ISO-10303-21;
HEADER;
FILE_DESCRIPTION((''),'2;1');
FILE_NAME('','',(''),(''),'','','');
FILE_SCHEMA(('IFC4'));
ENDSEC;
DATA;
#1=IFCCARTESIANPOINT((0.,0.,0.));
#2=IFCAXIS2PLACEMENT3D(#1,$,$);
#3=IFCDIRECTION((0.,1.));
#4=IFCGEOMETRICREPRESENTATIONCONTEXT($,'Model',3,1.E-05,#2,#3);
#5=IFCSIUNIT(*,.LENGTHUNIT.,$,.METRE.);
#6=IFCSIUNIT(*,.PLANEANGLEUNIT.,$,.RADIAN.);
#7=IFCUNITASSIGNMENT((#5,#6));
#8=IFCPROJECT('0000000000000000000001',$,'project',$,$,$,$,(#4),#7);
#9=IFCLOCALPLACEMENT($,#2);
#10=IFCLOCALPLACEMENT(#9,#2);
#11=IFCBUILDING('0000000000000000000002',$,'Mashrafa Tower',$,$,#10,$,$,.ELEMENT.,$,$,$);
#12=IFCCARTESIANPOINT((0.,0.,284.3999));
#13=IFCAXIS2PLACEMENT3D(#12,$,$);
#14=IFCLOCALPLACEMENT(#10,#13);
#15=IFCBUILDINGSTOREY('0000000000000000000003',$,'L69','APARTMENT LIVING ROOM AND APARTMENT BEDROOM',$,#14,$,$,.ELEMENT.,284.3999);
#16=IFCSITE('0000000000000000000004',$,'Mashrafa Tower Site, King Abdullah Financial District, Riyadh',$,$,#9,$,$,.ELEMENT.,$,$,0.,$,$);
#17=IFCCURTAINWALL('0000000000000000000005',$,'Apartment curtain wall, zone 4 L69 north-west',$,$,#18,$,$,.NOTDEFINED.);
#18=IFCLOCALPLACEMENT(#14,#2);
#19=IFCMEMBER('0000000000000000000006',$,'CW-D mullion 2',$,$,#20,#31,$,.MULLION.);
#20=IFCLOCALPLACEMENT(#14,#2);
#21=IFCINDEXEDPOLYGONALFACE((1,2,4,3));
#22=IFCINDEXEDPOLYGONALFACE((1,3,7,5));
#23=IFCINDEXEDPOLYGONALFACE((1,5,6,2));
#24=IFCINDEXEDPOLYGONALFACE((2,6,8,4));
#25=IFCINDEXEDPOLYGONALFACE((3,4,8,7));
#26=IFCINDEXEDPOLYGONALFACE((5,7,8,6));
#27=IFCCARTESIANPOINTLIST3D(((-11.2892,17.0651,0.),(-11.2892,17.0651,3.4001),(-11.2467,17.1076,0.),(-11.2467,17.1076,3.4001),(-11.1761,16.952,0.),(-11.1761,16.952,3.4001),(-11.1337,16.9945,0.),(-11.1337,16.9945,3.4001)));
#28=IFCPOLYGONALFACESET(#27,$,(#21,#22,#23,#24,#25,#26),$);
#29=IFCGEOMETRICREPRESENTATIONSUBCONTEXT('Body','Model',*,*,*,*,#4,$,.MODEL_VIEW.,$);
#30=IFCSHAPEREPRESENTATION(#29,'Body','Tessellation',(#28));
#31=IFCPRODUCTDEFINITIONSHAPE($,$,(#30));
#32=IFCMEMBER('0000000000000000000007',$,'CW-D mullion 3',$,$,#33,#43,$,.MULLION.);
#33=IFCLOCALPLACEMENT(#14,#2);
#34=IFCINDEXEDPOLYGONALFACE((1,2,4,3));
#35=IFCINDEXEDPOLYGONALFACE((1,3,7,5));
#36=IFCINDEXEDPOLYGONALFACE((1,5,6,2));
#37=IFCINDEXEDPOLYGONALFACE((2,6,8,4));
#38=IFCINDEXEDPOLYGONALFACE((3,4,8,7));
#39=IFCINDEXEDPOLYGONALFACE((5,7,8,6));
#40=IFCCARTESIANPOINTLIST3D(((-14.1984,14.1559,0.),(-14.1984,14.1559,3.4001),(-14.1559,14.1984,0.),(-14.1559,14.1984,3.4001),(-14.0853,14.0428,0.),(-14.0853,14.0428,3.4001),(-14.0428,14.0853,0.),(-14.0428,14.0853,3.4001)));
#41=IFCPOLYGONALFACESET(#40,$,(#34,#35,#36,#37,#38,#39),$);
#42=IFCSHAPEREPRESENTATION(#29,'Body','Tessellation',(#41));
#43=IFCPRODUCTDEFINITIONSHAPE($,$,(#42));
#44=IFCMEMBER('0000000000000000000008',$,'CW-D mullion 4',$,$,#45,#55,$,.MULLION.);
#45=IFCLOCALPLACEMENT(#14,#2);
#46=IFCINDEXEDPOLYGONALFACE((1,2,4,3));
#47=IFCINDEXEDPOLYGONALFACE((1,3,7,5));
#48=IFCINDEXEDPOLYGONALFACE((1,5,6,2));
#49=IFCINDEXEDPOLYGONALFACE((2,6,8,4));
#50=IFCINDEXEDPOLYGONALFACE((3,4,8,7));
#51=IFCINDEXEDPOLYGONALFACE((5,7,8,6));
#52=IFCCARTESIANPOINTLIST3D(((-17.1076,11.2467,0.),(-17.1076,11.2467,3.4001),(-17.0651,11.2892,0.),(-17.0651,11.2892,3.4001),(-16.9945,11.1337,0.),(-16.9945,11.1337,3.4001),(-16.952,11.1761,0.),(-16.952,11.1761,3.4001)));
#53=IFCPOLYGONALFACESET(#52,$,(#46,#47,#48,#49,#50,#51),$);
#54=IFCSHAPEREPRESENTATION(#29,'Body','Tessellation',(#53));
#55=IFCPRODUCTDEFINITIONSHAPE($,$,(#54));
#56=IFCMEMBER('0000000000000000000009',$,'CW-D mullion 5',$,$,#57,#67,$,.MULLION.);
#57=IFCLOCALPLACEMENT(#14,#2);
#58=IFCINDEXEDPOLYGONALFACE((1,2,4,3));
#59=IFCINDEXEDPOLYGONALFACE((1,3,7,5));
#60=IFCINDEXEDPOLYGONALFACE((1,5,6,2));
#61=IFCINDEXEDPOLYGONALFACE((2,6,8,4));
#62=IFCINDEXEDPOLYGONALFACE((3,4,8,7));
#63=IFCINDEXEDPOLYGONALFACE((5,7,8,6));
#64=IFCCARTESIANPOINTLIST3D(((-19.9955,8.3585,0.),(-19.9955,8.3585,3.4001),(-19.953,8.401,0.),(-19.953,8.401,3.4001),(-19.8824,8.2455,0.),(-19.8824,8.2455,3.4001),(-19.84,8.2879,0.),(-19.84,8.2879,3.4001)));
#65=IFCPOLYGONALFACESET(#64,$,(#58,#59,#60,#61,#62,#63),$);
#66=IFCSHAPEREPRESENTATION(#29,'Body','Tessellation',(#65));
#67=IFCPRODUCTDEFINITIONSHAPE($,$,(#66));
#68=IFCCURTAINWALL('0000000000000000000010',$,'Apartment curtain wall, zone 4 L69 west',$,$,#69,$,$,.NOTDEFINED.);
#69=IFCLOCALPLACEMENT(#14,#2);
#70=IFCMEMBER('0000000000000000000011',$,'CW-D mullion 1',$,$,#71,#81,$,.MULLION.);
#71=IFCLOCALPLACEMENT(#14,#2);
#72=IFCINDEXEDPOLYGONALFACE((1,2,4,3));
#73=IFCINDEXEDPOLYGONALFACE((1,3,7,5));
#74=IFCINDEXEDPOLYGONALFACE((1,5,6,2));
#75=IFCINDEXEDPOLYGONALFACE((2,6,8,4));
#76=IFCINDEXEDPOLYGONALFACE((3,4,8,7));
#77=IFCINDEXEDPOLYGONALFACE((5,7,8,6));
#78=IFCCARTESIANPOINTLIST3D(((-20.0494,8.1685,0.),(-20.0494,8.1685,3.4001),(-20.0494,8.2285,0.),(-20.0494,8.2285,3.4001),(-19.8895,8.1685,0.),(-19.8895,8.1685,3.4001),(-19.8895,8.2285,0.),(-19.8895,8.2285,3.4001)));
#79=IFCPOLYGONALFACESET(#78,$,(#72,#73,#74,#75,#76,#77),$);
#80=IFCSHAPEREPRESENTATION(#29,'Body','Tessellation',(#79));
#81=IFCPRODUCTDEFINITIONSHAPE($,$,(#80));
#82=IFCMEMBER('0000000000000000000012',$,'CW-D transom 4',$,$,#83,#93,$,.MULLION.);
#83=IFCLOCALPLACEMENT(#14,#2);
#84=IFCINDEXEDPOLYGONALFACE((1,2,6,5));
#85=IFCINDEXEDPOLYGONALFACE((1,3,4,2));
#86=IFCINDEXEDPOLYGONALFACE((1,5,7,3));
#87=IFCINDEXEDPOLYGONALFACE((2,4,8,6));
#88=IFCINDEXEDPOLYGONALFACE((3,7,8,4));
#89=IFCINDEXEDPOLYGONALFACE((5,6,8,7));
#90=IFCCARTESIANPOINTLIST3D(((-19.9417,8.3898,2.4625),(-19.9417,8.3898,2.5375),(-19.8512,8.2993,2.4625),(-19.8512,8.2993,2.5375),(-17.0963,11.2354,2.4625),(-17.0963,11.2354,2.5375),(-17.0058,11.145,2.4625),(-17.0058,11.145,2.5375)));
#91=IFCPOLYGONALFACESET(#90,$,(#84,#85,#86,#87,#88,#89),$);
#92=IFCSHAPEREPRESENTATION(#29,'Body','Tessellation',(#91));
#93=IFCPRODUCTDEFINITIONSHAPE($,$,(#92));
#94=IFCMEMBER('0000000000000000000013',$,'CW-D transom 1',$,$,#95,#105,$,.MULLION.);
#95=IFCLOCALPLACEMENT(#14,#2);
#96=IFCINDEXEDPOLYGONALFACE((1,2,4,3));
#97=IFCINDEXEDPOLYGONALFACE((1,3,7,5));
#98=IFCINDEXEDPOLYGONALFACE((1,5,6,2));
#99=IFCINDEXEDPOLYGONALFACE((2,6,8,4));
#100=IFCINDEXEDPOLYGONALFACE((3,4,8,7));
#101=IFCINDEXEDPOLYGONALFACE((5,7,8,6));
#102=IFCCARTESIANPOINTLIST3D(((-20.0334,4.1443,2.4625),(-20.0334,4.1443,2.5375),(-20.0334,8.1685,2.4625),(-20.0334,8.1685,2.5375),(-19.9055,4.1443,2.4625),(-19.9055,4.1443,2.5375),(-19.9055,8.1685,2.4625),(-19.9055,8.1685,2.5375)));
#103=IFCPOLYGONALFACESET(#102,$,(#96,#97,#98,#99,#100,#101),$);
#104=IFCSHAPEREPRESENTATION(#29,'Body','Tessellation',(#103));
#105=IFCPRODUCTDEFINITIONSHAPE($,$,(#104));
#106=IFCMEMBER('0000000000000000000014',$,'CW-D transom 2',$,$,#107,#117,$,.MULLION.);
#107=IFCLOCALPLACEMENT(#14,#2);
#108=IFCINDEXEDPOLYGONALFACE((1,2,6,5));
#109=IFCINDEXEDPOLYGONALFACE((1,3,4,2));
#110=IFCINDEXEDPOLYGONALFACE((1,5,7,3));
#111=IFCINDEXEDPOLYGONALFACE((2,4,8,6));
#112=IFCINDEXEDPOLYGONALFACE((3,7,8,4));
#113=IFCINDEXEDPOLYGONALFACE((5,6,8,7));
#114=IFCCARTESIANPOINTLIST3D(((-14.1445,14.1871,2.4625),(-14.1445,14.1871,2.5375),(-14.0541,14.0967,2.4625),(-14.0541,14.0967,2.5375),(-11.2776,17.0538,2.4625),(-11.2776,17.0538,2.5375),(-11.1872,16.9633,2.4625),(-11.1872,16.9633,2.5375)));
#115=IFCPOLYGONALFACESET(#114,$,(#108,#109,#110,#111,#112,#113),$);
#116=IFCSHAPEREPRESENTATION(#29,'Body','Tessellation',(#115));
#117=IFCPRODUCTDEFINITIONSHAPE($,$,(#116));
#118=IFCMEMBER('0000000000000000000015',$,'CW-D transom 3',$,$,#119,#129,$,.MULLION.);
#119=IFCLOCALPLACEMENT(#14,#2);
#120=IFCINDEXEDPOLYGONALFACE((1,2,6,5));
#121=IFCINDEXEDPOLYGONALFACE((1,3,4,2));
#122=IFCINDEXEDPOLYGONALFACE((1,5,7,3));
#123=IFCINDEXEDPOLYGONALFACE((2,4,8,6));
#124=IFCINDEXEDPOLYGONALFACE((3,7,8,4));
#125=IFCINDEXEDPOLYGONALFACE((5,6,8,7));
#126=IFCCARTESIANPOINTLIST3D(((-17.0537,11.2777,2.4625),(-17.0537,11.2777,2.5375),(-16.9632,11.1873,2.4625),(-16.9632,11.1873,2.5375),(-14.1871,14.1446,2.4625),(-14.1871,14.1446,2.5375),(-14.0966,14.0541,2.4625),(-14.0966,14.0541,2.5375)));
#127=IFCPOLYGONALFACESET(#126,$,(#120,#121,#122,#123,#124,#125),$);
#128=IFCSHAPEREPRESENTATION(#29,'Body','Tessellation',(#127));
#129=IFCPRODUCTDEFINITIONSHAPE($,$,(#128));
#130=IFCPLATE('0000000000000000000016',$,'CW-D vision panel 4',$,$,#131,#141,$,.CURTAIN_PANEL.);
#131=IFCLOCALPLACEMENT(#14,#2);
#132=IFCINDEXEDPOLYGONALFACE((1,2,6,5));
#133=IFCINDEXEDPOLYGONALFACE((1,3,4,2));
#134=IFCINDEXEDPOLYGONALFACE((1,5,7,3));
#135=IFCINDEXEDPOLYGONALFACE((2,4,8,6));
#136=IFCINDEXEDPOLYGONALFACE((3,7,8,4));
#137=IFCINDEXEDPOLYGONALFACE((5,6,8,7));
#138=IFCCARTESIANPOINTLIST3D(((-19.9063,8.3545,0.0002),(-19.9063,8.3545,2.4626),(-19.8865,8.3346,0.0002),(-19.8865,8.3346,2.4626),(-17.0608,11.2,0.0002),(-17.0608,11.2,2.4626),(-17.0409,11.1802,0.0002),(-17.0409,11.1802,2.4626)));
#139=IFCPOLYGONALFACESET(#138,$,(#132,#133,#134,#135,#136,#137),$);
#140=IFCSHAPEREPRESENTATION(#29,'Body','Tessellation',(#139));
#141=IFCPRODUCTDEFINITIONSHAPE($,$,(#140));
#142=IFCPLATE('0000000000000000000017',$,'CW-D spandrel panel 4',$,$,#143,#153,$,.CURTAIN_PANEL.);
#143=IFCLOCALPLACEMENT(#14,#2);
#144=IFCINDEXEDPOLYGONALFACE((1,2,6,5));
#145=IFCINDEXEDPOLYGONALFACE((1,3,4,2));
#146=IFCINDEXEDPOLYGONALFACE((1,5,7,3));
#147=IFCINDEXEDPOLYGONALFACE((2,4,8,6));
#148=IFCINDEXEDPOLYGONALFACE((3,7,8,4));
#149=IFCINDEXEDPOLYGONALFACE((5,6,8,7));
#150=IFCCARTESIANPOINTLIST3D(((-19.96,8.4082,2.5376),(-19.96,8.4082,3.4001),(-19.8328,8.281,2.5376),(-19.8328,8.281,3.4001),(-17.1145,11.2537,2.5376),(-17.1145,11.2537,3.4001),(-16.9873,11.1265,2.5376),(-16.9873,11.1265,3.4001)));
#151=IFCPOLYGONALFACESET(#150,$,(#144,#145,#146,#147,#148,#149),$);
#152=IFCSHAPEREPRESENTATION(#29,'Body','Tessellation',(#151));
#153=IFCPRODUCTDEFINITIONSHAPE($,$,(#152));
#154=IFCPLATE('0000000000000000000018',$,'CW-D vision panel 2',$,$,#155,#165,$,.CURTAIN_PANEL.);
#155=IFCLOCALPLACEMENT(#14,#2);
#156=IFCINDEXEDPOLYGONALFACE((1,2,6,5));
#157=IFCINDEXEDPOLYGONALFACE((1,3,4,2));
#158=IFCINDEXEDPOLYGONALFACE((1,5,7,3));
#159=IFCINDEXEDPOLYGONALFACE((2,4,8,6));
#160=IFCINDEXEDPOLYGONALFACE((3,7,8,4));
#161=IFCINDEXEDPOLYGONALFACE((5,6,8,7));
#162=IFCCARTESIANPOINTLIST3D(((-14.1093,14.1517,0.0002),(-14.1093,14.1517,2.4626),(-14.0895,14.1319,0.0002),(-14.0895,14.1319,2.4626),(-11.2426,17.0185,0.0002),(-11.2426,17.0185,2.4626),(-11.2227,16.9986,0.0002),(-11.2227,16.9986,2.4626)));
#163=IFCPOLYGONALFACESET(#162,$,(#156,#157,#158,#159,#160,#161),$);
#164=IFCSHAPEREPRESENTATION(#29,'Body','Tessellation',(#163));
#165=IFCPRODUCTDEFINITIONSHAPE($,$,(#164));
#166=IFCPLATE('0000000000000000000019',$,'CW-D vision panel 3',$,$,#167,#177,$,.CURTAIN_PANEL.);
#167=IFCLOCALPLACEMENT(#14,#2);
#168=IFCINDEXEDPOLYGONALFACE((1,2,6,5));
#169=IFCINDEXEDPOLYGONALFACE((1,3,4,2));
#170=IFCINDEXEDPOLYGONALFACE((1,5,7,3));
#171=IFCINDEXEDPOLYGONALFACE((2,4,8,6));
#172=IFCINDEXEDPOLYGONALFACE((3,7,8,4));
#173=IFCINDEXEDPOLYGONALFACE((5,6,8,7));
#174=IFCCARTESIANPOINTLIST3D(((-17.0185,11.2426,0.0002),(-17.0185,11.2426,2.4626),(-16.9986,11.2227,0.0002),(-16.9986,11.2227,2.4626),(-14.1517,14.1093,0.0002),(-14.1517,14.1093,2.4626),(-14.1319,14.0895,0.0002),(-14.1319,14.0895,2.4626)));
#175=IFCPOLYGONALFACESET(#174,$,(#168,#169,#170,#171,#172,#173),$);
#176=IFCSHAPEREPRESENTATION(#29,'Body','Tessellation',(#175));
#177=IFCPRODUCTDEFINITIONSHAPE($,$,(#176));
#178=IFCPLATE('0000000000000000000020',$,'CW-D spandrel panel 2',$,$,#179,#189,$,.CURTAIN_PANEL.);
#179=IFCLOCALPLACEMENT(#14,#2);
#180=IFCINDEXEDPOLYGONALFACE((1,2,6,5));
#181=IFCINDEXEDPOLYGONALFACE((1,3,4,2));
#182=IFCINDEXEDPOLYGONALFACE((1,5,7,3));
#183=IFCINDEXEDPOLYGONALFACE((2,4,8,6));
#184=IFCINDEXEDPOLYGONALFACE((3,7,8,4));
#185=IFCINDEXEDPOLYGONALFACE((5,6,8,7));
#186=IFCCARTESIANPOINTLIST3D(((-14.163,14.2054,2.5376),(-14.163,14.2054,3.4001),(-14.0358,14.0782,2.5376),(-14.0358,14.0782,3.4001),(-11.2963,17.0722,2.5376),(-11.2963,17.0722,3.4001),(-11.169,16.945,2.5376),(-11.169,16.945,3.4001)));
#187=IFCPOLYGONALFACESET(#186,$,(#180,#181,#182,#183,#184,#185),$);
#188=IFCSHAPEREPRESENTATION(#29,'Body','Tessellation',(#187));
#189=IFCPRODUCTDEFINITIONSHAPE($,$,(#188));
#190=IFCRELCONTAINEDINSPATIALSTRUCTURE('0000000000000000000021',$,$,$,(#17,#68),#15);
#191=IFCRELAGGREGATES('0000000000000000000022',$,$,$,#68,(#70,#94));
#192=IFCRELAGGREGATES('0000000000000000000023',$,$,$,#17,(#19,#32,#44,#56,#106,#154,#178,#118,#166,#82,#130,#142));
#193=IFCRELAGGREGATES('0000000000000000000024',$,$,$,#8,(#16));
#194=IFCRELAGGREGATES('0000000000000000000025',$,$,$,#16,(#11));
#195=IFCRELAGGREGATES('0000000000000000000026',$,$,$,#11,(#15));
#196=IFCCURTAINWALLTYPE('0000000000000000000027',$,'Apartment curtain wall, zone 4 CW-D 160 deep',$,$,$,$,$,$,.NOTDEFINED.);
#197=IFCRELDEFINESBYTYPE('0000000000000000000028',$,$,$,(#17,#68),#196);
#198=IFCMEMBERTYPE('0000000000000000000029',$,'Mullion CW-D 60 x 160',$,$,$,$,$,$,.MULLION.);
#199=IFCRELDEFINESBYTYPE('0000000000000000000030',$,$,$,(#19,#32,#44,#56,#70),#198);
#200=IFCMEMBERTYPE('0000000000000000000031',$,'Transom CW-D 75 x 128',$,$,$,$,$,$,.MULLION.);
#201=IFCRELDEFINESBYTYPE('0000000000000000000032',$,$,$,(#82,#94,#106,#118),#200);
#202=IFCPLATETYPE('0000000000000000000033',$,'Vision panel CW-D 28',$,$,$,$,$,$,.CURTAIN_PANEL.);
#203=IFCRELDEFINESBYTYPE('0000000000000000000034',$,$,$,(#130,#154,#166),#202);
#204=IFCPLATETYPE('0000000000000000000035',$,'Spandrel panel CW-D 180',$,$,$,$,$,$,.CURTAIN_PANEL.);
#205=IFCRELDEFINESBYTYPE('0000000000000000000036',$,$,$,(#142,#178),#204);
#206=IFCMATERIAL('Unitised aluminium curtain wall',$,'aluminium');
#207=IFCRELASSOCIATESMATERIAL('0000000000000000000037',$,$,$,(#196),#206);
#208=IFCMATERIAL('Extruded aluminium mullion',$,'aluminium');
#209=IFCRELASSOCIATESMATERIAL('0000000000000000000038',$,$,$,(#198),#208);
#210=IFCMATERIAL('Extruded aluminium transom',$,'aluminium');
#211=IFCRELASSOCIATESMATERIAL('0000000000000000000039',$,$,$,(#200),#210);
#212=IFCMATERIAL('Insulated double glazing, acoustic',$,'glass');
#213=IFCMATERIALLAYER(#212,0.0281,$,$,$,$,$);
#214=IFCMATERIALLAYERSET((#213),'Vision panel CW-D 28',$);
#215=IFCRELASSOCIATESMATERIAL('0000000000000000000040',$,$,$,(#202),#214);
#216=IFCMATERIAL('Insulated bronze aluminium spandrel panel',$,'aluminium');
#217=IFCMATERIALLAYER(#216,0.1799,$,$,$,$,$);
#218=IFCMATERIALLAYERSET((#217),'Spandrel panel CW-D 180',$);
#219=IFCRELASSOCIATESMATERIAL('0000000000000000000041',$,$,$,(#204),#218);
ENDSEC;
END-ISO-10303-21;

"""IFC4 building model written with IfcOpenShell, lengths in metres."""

from ifc_helpers import new_model, si_unit, direction, frame, origin, origin_2d, place, context, subcontext, project, spatial, rectangle, extrude, source, transform, mapped, material, layer, layer_set, material_profile, profile_set, type_object, type_shapes, element, aggregate, save


model = new_model("IFC4")

# Units and contexts
model_context = context("Model", 3, precision=1e-05, world=origin(), true_north=direction((0.0, 1.0)))
body_context = subcontext(model_context, "Body", "Model", "MODEL_VIEW")
ifc_project = project(units=[si_unit("LENGTHUNIT", "METRE"), si_unit("PLANEANGLEUNIT", "RADIAN")], contexts=[model_context])

# Site, building, storey
site_placement = place(None, origin())
site = spatial("IfcSite", under=ifc_project, at=site_placement, Name="Mashrafa Tower Site, King Abdullah Financial District, Riyadh", CompositionType="ELEMENT", RefElevation=0.0)
building_placement = place(site_placement, origin())
building = spatial("IfcBuilding", under=site, at=building_placement, Name="Mashrafa Tower", CompositionType="ELEMENT")
storey_placement = place(building_placement, frame((0.0, 0.0, 284.3999)))
storey = spatial("IfcBuildingStorey", under=building, at=storey_placement, Name="L69", Description="APARTMENT LIVING ROOM AND APARTMENT BEDROOM", CompositionType="ELEMENT", Elevation=284.3999)

# Curtain wall, members
ifc_material_1 = material(Name="Unitised aluminium curtain wall", Category="aluminium")
curtain_wall_type = type_object("IfcCurtainWallType", Name="Apartment curtain wall, zone 4 CW-D 160 deep", PredefinedType="NOTDEFINED", material=ifc_material_1)
curtain_wall_1_placement = place(storey_placement, origin())
curtain_wall_1 = element("IfcCurtainWall", 1, at=curtain_wall_1_placement, inside=storey, type_object=curtain_wall_type, Name="Apartment curtain wall, zone 4 L69 north-west", PredefinedType="NOTDEFINED")
ifc_material_2 = material(Name="Extruded aluminium mullion", Category="aluminium")
ifc_material_profile_1 = material_profile(ifc_material_2, rectangle(XDim=0.1599, YDim=0.0601, at=origin_2d()), Name="Mullion 60x160")
ifc_profile_set_1 = profile_set([ifc_material_profile_1], Name="Extruded aluminium mullion")
member_type_1 = type_object("IfcMemberType", Name="Mullion CW-D 60 x 160", PredefinedType="MULLION", material=ifc_profile_set_1)
shared_shape_1 = source(origin(), body_context, "Body", "SweptSolid", [
    extrude(rectangle(XDim=0.1599, YDim=0.0601, at=origin_2d()), origin(), (0.0, 0.0, 1.0), 3.4001),
])
type_shapes(member_type_1, [shared_shape_1])
member_1_placement = place(storey_placement, frame((-11.2114, 17.0298, 0.0), z_axis=(0.0, 0.0, 1.0), x_axis=(0.707107, -0.707107, 0.0)))
member_1 = element("IfcMember", 2, at=member_1_placement, type_object=member_type_1, Name="CW-D mullion 2", PredefinedType="MULLION", context=body_context, shape_type="MappedRepresentation", body=[
    mapped(shared_shape_1, transform((0.0, 0.0, 0.0))),
])
member_2_placement = place(storey_placement, frame((-14.1206, 14.1206, 0.0), z_axis=(0.0, 0.0, 1.0), x_axis=(0.707107, -0.707107, 0.0)))
member_2 = element("IfcMember", 3, at=member_2_placement, type_object=member_type_1, Name="CW-D mullion 3", PredefinedType="MULLION", context=body_context, shape_type="MappedRepresentation", body=[
    mapped(shared_shape_1, transform((0.0, 0.0, 0.0))),
])
member_3_placement = place(storey_placement, frame((-17.0298, 11.2114, 0.0), z_axis=(0.0, 0.0, 1.0), x_axis=(0.707107, -0.707107, 0.0)))
member_3 = element("IfcMember", 4, at=member_3_placement, type_object=member_type_1, Name="CW-D mullion 4", PredefinedType="MULLION", context=body_context, shape_type="MappedRepresentation", body=[
    mapped(shared_shape_1, transform((0.0, 0.0, 0.0))),
])
member_4_placement = place(storey_placement, frame((-19.9177, 8.3232, 0.0), z_axis=(0.0, 0.0, 1.0), x_axis=(0.707107, -0.707107, 0.0)))
member_4 = element("IfcMember", 5, at=member_4_placement, type_object=member_type_1, Name="CW-D mullion 5", PredefinedType="MULLION", context=body_context, shape_type="MappedRepresentation", body=[
    mapped(shared_shape_1, transform((0.0, 0.0, 0.0))),
])

# Curtain wall, member
curtain_wall_2_placement = place(storey_placement, origin())
curtain_wall_2 = element("IfcCurtainWall", 6, at=curtain_wall_2_placement, inside=storey, type_object=curtain_wall_type, Name="Apartment curtain wall, zone 4 L69 west", PredefinedType="NOTDEFINED")
member_5_placement = place(storey_placement, frame((-19.9695, 8.1985, 0.0), z_axis=(0.0, 0.0, 1.0), x_axis=(1.0, 0.0, 0.0)))
member_5 = element("IfcMember", 7, at=member_5_placement, type_object=member_type_1, Name="CW-D mullion 1", PredefinedType="MULLION", context=body_context, shape_type="MappedRepresentation", body=[
    mapped(shared_shape_1, transform((0.0, 0.0, 0.0))),
])

# Members
ifc_material_3 = material(Name="Extruded aluminium transom", Category="aluminium")
ifc_material_profile_2 = material_profile(ifc_material_3, rectangle(XDim=0.1279, YDim=0.075, at=origin_2d()), Name="Transom 75x128")
ifc_profile_set_2 = profile_set([ifc_material_profile_2], Name="Extruded aluminium transom")
member_type_2 = type_object("IfcMemberType", Name="Transom CW-D 75 x 128", PredefinedType="MULLION", material=ifc_profile_set_2)
shared_shape_2 = source(origin(), body_context, "Body", "SweptSolid", [
    extrude(rectangle(XDim=0.1279, YDim=0.075, at=origin_2d()), origin(), (0.0, 0.0, 1.0), 4.0242),
])
member_6_placement = place(storey_placement, frame((-17.051, 11.1902, 2.5), z_axis=(-0.707076, -0.707137, 0.0), x_axis=(0.707137, -0.707076, 0.0)))
member_6 = element("IfcMember", 8, at=member_6_placement, type_object=member_type_2, Name="CW-D transom 4", PredefinedType="MULLION", context=body_context, shape_type="MappedRepresentation", body=[
    mapped(shared_shape_2, transform((0.0, 0.0, 0.0))),
])
member_7_placement = place(storey_placement, frame((-19.9695, 8.1685, 2.5), z_axis=(0.0, -1.0, 0.0), x_axis=(1.0, 0.0, 0.0)))
member_7 = element("IfcMember", 9, at=member_7_placement, type_object=member_type_2, Name="CW-D transom 1", PredefinedType="MULLION", context=body_context, shape_type="MappedRepresentation", body=[
    mapped(shared_shape_2, transform((0.0, 0.0, 0.0))),
])
aggregate(curtain_wall_2, [member_5, member_7])
shared_shape_3 = source(origin(), body_context, "Body", "SweptSolid", [
    extrude(rectangle(XDim=0.1279, YDim=0.075, at=origin_2d()), origin(), (0.0, 0.0, 1.0), 4.0542),
])
type_shapes(member_type_2, [shared_shape_2, shared_shape_3])
member_8_placement = place(storey_placement, frame((-11.2324, 17.0085, 2.5), z_axis=(-0.707137, -0.707077, 0.0), x_axis=(0.707077, -0.707137, 0.0)))
member_8 = element("IfcMember", 10, at=member_8_placement, type_object=member_type_2, Name="CW-D transom 2", PredefinedType="MULLION", context=body_context, shape_type="MappedRepresentation", body=[
    mapped(shared_shape_3, transform((0.0, 0.0, 0.0))),
])
member_9_placement = place(storey_placement, frame((-14.1418, 14.0994, 2.5), z_axis=(-0.707077, -0.707137, 0.0), x_axis=(0.707137, -0.707077, 0.0)))
member_9 = element("IfcMember", 11, at=member_9_placement, type_object=member_type_2, Name="CW-D transom 3", PredefinedType="MULLION", context=body_context, shape_type="MappedRepresentation", body=[
    mapped(shared_shape_3, transform((0.0, 0.0, 0.0))),
])

# Plates
ifc_material_4 = material(Name="Insulated double glazing, acoustic", Category="glass")
ifc_layer_1 = layer(ifc_material_4, 0.0281)
ifc_layer_set_1 = layer_set([ifc_layer_1], Name="Vision panel CW-D 28")
plate_type_1 = type_object("IfcPlateType", Name="Vision panel CW-D 28", PredefinedType="CURTAIN_PANEL", material=ifc_layer_set_1)
shared_shape_4 = source(origin(), body_context, "Body", "SweptSolid", [
    extrude(rectangle(XDim=4.0242, YDim=0.0281, at=origin_2d()), origin(), (0.0, 0.0, 1.0), 2.4624),
])
plate_1_placement = place(storey_placement, frame((-18.4736, 9.7673, 0.0002), z_axis=(0.0, 0.0, 1.0), x_axis=(-0.707107, -0.707107, 0.0)))
plate_1 = element("IfcPlate", 12, at=plate_1_placement, type_object=plate_type_1, Name="CW-D vision panel 4", PredefinedType="CURTAIN_PANEL", context=body_context, shape_type="MappedRepresentation", body=[
    mapped(shared_shape_4, transform((0.0, 0.0, 0.0))),
])
ifc_material_5 = material(Name="Insulated bronze aluminium spandrel panel", Category="aluminium")
ifc_layer_2 = layer(ifc_material_5, 0.1799)
ifc_layer_set_2 = layer_set([ifc_layer_2], Name="Spandrel panel CW-D 180")
plate_type_2 = type_object("IfcPlateType", Name="Spandrel panel CW-D 180", PredefinedType="CURTAIN_PANEL", material=ifc_layer_set_2)
shared_shape_5 = source(origin(), body_context, "Body", "SweptSolid", [
    extrude(rectangle(XDim=4.0242, YDim=0.1799, at=origin_2d()), origin(), (0.0, 0.0, 1.0), 0.8625),
])
plate_2_placement = place(storey_placement, frame((-18.4736, 9.7673, 2.5376), z_axis=(0.0, 0.0, 1.0), x_axis=(-0.707107, -0.707107, 0.0)))
plate_2 = element("IfcPlate", 13, at=plate_2_placement, type_object=plate_type_2, Name="CW-D spandrel panel 4", PredefinedType="CURTAIN_PANEL", context=body_context, shape_type="MappedRepresentation", body=[
    mapped(shared_shape_5, transform((0.0, 0.0, 0.0))),
])
shared_shape_6 = source(origin(), body_context, "Body", "SweptSolid", [
    extrude(rectangle(XDim=4.0542, YDim=0.0281, at=origin_2d()), origin(), (0.0, 0.0, 1.0), 2.4624),
])
type_shapes(plate_type_1, [shared_shape_4, shared_shape_6])
plate_3_placement = place(storey_placement, frame((-12.666, 15.5752, 0.0002), z_axis=(0.0, 0.0, 1.0), x_axis=(-0.707107, -0.707107, 0.0)))
plate_3 = element("IfcPlate", 14, at=plate_3_placement, type_object=plate_type_1, Name="CW-D vision panel 2", PredefinedType="CURTAIN_PANEL", context=body_context, shape_type="MappedRepresentation", body=[
    mapped(shared_shape_6, transform((0.0, 0.0, 0.0))),
])
plate_4_placement = place(storey_placement, frame((-15.5752, 12.666, 0.0002), z_axis=(0.0, 0.0, 1.0), x_axis=(-0.707107, -0.707107, 0.0)))
plate_4 = element("IfcPlate", 15, at=plate_4_placement, type_object=plate_type_1, Name="CW-D vision panel 3", PredefinedType="CURTAIN_PANEL", context=body_context, shape_type="MappedRepresentation", body=[
    mapped(shared_shape_6, transform((0.0, 0.0, 0.0))),
])
shared_shape_7 = source(origin(), body_context, "Body", "SweptSolid", [
    extrude(rectangle(XDim=4.0542, YDim=0.1799, at=origin_2d()), origin(), (0.0, 0.0, 1.0), 0.8625),
])
type_shapes(plate_type_2, [shared_shape_5, shared_shape_7])
plate_5_placement = place(storey_placement, frame((-12.666, 15.5752, 2.5376), z_axis=(0.0, 0.0, 1.0), x_axis=(-0.707107, -0.707107, 0.0)))
plate_5 = element("IfcPlate", 16, at=plate_5_placement, type_object=plate_type_2, Name="CW-D spandrel panel 2", PredefinedType="CURTAIN_PANEL", context=body_context, shape_type="MappedRepresentation", body=[
    mapped(shared_shape_7, transform((0.0, 0.0, 0.0))),
])
aggregate(curtain_wall_1, [member_1, member_2, member_3, member_4, member_8, plate_3, plate_5, member_9, plate_4, member_6, plate_1, plate_2])

save(model, "model.ifc")
